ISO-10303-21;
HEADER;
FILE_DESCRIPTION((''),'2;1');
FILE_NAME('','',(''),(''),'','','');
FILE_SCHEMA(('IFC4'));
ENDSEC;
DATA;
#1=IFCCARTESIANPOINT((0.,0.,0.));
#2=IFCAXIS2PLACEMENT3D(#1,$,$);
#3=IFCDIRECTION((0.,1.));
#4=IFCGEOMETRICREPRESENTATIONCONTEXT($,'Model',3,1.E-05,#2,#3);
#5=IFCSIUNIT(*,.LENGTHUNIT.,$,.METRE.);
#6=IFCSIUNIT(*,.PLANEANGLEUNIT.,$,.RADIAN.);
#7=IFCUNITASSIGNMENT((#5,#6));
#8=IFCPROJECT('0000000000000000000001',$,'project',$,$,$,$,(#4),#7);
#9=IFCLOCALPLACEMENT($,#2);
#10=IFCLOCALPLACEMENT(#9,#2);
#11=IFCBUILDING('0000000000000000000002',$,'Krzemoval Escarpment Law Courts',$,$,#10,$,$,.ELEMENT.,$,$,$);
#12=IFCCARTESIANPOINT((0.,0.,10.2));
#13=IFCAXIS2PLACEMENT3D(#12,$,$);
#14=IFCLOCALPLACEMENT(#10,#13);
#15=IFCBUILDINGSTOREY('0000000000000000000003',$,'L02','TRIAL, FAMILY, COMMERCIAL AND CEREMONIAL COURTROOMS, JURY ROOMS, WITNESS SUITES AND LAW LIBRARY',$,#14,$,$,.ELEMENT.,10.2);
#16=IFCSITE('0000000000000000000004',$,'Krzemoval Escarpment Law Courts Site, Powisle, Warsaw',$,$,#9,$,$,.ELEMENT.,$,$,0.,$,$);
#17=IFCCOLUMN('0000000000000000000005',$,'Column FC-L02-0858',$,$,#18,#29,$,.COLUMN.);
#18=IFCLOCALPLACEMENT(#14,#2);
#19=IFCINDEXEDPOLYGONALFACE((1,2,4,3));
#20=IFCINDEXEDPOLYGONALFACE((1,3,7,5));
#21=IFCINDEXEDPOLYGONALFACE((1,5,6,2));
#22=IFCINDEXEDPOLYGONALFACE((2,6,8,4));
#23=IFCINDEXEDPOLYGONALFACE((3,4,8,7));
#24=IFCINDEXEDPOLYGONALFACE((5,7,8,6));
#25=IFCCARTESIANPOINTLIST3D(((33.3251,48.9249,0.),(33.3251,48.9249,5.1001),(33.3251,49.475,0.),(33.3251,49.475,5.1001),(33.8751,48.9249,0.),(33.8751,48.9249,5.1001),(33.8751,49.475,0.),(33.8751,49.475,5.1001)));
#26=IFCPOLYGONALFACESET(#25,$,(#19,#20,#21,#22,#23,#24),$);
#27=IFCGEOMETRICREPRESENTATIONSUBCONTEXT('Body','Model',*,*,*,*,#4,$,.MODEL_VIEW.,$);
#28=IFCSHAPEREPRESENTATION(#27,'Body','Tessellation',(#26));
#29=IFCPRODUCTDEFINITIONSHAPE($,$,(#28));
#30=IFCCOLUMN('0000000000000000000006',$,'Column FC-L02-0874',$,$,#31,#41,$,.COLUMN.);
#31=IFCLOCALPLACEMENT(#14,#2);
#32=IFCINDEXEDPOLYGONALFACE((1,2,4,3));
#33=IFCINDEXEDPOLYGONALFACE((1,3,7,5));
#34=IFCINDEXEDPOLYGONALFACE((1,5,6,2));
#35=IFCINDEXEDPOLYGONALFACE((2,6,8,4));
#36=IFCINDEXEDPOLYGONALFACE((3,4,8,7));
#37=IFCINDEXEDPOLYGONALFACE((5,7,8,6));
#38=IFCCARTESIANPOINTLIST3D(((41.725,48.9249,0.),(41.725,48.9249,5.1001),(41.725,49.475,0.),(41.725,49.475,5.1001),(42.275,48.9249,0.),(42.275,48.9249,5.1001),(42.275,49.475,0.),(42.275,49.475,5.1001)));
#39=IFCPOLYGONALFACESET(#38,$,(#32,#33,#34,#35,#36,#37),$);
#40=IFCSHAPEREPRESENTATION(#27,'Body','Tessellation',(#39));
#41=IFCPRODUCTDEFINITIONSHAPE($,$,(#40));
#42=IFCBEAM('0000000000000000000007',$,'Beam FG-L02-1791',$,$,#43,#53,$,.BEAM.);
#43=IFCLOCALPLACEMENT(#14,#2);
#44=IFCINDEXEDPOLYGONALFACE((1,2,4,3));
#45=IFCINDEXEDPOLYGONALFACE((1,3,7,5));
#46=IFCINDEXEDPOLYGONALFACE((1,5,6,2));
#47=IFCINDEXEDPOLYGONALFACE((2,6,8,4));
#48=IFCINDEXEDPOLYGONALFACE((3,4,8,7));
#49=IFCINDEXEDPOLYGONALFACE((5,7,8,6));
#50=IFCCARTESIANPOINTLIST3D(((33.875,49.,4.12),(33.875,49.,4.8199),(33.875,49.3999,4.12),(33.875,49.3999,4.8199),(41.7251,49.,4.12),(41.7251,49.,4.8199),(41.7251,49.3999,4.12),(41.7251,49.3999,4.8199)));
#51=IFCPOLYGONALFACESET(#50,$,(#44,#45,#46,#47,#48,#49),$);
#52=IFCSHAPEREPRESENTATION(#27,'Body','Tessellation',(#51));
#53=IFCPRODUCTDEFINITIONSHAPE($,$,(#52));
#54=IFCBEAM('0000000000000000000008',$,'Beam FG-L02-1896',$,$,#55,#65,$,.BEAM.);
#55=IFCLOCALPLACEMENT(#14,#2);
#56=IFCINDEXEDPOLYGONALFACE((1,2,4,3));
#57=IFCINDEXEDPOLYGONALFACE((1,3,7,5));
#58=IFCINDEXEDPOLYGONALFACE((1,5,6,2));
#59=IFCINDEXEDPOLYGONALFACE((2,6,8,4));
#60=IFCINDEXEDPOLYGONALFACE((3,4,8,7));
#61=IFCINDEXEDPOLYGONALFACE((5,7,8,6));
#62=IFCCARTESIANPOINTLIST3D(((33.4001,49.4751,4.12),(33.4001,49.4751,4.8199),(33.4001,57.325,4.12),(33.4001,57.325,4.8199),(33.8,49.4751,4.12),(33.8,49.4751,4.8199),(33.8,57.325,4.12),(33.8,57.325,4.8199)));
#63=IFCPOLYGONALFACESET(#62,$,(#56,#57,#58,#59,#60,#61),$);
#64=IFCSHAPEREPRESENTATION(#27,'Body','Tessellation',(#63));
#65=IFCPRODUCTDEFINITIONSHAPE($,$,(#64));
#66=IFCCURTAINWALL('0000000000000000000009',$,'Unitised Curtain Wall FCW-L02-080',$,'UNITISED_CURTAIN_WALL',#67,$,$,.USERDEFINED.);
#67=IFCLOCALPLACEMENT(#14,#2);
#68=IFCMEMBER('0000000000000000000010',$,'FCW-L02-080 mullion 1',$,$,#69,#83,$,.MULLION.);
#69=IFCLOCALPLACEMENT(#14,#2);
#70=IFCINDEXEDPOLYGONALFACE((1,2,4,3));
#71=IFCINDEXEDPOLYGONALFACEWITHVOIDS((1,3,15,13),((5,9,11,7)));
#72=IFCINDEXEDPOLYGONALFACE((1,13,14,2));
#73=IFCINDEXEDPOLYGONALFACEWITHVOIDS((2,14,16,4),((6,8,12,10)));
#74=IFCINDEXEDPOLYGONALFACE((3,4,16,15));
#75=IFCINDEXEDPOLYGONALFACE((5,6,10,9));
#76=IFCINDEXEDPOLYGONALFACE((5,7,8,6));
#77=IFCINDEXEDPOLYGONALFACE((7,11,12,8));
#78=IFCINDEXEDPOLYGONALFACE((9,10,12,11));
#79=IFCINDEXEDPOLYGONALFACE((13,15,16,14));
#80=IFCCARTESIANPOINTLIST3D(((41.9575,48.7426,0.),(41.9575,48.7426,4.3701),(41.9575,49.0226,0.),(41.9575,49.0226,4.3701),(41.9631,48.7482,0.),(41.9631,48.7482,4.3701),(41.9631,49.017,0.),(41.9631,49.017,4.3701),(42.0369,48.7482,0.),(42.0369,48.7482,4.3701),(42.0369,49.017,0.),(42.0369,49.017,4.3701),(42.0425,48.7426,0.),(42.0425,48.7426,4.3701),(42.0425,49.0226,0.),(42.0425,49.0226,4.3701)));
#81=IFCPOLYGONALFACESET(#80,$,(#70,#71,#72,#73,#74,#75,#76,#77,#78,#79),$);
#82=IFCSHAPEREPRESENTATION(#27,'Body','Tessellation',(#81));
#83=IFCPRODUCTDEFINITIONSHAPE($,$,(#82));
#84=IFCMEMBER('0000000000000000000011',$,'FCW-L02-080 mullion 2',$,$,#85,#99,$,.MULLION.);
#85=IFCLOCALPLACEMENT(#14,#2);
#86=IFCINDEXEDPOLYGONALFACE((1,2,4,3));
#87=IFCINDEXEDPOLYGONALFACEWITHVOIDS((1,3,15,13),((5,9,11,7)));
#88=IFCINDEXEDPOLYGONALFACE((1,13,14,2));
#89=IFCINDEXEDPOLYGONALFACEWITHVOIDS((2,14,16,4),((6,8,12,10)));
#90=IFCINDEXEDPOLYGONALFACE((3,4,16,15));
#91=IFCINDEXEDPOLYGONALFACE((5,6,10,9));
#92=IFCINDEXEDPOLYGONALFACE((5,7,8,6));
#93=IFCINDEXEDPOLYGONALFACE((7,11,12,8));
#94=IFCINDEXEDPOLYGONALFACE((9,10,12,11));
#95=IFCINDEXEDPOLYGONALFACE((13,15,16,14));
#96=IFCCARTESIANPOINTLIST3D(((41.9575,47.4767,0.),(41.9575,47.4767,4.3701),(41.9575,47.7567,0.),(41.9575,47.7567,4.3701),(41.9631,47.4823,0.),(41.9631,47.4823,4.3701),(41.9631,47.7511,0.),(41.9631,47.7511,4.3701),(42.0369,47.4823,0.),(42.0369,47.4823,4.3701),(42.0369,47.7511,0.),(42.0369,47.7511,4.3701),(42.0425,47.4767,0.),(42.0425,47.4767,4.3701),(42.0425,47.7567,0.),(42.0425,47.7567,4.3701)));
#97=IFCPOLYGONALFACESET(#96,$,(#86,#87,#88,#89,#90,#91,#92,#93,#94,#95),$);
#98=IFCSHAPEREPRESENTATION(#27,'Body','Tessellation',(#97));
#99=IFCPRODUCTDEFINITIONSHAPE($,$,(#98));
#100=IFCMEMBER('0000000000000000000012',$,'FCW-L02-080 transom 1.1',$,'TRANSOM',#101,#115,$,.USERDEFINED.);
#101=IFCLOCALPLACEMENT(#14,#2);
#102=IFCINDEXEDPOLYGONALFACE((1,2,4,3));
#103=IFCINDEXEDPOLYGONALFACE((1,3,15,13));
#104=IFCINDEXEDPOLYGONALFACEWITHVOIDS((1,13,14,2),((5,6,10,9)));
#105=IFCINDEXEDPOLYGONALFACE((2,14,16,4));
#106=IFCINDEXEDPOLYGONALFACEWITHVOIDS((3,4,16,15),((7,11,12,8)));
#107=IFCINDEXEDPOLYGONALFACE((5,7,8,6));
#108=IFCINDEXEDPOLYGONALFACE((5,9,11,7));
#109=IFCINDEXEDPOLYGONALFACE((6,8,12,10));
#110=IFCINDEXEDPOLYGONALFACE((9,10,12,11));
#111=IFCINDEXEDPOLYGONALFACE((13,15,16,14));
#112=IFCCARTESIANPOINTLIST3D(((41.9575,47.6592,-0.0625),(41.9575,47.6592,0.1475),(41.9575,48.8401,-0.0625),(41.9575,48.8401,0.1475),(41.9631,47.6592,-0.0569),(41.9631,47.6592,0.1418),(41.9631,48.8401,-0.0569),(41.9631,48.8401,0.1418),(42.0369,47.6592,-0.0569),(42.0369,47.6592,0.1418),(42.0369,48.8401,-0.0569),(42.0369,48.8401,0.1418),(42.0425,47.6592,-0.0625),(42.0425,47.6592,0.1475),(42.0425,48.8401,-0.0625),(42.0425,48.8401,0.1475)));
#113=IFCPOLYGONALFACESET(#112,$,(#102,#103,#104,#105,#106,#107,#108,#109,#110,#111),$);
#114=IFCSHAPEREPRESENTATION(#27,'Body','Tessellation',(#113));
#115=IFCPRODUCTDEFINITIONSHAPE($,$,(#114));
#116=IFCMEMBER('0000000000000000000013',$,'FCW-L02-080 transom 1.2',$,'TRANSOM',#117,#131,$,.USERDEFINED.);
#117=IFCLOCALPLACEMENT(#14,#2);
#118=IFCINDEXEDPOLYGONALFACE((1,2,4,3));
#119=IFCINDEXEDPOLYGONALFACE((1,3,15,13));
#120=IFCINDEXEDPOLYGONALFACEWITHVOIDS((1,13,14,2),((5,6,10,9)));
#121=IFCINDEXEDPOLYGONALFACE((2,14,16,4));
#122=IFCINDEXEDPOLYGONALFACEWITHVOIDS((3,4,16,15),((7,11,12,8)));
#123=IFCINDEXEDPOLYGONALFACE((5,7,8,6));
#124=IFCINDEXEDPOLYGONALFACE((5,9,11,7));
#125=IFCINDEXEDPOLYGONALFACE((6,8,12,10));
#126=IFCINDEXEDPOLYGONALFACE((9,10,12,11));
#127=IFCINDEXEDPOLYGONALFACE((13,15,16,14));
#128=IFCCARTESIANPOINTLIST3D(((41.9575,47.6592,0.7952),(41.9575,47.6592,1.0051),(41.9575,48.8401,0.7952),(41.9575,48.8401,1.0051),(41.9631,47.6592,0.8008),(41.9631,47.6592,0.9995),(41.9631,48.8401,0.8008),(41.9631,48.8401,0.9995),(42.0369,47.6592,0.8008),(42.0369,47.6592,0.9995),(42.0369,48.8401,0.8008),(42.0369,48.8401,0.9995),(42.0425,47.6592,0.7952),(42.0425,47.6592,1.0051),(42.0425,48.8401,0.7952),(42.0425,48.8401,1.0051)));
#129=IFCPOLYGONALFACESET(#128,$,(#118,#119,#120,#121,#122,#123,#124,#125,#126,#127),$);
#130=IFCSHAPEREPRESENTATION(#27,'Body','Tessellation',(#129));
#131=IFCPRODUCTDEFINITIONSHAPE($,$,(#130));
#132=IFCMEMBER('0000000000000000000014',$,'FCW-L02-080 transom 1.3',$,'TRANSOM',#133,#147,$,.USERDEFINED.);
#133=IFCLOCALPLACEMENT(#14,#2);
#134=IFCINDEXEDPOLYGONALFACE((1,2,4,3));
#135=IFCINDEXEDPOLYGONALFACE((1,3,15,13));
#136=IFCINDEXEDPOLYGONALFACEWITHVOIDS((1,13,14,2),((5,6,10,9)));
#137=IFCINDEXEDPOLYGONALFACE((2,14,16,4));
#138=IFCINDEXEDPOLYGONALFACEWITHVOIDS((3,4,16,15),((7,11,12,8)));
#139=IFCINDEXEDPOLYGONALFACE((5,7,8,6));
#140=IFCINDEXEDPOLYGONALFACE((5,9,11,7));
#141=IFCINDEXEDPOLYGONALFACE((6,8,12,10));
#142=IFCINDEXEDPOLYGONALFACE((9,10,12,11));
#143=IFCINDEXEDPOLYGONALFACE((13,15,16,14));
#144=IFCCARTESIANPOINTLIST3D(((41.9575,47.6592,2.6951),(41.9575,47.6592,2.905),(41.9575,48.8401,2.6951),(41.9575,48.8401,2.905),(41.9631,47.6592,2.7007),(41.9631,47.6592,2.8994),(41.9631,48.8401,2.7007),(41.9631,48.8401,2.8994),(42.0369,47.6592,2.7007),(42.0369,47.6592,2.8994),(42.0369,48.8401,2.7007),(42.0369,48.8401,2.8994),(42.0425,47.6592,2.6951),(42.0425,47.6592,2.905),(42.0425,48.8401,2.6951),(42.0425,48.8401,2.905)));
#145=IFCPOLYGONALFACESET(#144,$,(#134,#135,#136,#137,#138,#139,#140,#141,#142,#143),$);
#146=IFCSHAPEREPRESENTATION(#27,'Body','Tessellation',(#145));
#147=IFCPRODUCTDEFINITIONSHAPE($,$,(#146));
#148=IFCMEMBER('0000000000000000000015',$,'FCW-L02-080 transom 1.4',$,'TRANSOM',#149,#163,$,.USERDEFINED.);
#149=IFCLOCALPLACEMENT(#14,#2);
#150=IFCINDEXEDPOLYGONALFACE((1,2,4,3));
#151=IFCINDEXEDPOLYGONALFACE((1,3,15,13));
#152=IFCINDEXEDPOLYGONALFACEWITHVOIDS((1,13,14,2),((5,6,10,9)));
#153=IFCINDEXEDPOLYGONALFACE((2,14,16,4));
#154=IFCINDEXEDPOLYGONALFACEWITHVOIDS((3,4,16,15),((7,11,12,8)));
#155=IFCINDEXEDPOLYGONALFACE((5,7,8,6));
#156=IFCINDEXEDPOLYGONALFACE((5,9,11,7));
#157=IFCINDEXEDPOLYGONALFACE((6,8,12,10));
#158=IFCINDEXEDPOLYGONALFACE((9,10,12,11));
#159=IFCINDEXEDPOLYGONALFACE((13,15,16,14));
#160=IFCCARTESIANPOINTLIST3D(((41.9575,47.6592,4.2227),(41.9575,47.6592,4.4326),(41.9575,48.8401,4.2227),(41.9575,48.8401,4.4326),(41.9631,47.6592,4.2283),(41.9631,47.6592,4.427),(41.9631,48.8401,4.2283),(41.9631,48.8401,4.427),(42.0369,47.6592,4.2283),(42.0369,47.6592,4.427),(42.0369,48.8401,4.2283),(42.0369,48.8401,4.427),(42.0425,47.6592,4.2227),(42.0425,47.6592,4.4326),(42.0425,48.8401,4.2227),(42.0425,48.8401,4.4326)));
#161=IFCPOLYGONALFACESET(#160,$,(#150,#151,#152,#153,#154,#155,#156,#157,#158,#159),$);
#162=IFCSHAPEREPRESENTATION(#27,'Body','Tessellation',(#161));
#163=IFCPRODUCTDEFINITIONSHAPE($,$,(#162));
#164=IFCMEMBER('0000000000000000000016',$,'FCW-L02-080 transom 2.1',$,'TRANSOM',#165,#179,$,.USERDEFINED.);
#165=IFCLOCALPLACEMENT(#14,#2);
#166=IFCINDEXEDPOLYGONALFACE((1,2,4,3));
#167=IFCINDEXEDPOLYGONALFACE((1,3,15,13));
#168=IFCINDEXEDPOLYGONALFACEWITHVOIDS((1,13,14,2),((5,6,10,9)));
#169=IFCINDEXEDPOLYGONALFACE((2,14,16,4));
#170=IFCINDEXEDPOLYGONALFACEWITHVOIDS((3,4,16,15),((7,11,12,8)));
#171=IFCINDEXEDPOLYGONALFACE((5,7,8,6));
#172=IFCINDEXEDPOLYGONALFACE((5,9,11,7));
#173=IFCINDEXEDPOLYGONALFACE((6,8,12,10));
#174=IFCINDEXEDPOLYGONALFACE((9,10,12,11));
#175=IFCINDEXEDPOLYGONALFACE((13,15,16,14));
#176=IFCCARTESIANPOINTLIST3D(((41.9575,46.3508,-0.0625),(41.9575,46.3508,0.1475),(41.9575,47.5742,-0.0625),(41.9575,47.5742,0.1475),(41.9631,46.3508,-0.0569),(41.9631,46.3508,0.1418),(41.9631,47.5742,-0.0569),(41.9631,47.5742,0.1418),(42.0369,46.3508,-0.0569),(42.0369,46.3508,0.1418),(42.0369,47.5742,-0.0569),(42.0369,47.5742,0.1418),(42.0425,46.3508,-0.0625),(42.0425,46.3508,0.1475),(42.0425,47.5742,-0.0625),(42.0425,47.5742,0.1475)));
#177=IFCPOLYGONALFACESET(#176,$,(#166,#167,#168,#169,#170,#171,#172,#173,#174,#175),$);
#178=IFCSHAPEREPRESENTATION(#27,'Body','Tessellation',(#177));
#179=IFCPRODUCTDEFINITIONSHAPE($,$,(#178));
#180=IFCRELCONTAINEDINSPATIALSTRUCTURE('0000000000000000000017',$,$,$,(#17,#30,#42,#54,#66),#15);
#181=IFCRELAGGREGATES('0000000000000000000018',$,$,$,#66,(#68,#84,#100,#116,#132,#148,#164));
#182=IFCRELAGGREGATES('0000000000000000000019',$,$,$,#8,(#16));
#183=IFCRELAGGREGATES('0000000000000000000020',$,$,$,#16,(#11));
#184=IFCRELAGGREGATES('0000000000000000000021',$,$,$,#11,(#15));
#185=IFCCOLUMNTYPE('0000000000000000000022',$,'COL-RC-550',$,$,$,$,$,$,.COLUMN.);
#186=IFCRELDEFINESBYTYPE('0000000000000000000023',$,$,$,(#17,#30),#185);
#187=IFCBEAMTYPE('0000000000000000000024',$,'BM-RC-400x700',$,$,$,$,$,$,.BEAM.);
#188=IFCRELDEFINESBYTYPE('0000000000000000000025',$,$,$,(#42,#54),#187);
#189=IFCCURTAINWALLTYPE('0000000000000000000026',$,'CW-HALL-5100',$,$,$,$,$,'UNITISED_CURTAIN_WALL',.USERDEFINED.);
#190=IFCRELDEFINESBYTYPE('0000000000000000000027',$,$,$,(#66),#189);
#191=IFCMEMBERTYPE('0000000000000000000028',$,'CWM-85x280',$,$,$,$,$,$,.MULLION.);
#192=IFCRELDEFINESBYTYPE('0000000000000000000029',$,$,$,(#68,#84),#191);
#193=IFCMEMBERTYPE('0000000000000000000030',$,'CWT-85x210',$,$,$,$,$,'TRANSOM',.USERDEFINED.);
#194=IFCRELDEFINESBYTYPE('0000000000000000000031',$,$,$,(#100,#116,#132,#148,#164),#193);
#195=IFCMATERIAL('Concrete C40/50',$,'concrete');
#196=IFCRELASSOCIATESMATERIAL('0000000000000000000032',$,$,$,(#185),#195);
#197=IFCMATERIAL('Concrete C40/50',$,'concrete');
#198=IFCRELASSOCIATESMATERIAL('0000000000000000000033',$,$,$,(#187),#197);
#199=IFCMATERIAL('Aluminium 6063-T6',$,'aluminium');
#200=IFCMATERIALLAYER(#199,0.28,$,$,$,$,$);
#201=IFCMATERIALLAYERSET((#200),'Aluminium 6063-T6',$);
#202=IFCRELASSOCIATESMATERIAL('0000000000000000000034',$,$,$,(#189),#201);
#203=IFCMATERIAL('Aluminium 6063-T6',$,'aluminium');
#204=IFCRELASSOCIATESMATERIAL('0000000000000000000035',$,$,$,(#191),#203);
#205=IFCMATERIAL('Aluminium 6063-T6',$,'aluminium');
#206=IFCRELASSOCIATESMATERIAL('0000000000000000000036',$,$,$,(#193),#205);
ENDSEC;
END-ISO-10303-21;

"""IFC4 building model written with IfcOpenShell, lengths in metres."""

from ifc_helpers import new_model, si_unit, direction, frame, origin, origin_2d, place, context, subcontext, project, spatial, rectangle, hollow_rectangle, extrude, material, layer, layer_set, material_profile, profile_set, type_object, element, aggregate, save


model = new_model("IFC4")

# Units and contexts
model_context = context("Model", 3, precision=1e-05, world=origin(), true_north=direction((0.0, 1.0)))
body_context = subcontext(model_context, "Body", "Model", "MODEL_VIEW")
ifc_project = project(units=[si_unit("LENGTHUNIT", "METRE"), si_unit("PLANEANGLEUNIT", "RADIAN")], contexts=[model_context])

# Site, building, storey
site_placement = place(None, origin())
site = spatial("IfcSite", under=ifc_project, at=site_placement, Name="Krzemoval Escarpment Law Courts Site, Powisle, Warsaw", CompositionType="ELEMENT", RefElevation=0.0)
building_placement = place(site_placement, origin())
building = spatial("IfcBuilding", under=site, at=building_placement, Name="Krzemoval Escarpment Law Courts", CompositionType="ELEMENT")
storey_placement = place(building_placement, frame((0.0, 0.0, 10.2)))
storey = spatial("IfcBuildingStorey", under=building, at=storey_placement, Name="L02", Description="TRIAL, FAMILY, COMMERCIAL AND CEREMONIAL COURTROOMS, JURY ROOMS, WITNESS SUITES AND LAW LIBRARY", CompositionType="ELEMENT", Elevation=10.2)

# Columns
ifc_material_1 = material(Name="Concrete C40/50", Category="concrete")
ifc_material_profile_1 = material_profile(ifc_material_1, rectangle(XDim=0.55, YDim=0.55, at=origin_2d()), Name="RC 550x550")
ifc_profile_set_1 = profile_set([ifc_material_profile_1], Name="Concrete C40/50")
column_type = type_object("IfcColumnType", Name="COL-RC-550", PredefinedType="COLUMN", material=ifc_profile_set_1)
for number, where, z_axis, x_axis, name in (
    (1, (33.6001, 49.2, 0.0), (0.0, 0.0, 1.0), (1.0, 0.0, 0.0), "Column FC-L02-0858"),
    (2, (42.0, 49.2, 0.0), (0.0, 0.0, 1.0), (1.0, 0.0, 0.0), "Column FC-L02-0874"),
):
    element("IfcColumn", number, at=place(storey_placement, frame(where, z_axis=z_axis, x_axis=x_axis)), inside=storey, type_object=column_type, Name=name, PredefinedType="COLUMN", context=body_context, shape_type="SweptSolid", body=[
        extrude(rectangle(XDim=0.55, YDim=0.55, at=origin_2d()), origin(), (0.0, 0.0, 1.0), 5.1001),
    ])

# Beams
ifc_material_2 = material(Name="Concrete C40/50", Category="concrete")
ifc_material_profile_2 = material_profile(ifc_material_2, rectangle(XDim=0.3999, YDim=0.7, at=origin_2d()), Name="RCB 400x700")
ifc_profile_set_2 = profile_set([ifc_material_profile_2], Name="Concrete C40/50")
beam_type_1 = type_object("IfcBeamType", Name="BM-RC-400x700", PredefinedType="BEAM", material=ifc_profile_set_2)
beam_1_placement = place(storey_placement, frame((33.875, 49.2, 4.47), z_axis=(1.0, 0.0, 0.0), x_axis=(0.0, 1.0, 0.0)))
element("IfcBeam", 3, at=beam_1_placement, inside=storey, type_object=beam_type_1, Name="Beam FG-L02-1791", PredefinedType="BEAM", context=body_context, shape_type="SweptSolid", body=[
    extrude(rectangle(XDim=0.3999, YDim=0.7, at=origin_2d()), origin(), (0.0, 0.0, 1.0), 7.8501),
])
beam_2_placement = place(storey_placement, frame((33.6001, 49.4751, 4.47), z_axis=(0.0, 1.0, 0.0), x_axis=(-1.0, 0.0, 0.0)))
element("IfcBeam", 4, at=beam_2_placement, inside=storey, type_object=beam_type_1, Name="Beam FG-L02-1896", PredefinedType="BEAM", context=body_context, shape_type="SweptSolid", body=[
    extrude(rectangle(XDim=0.3999, YDim=0.7, at=origin_2d()), origin(), (0.0, 0.0, 1.0), 7.8499),
])

# Curtain wall, members
ifc_material_3 = material(Name="Aluminium 6063-T6", Category="aluminium")
ifc_layer_1 = layer(ifc_material_3, 0.28)
ifc_layer_set_1 = layer_set([ifc_layer_1], Name="Aluminium 6063-T6")
curtain_wall_type = type_object("IfcCurtainWallType", Name="CW-HALL-5100", ElementType="UNITISED_CURTAIN_WALL", PredefinedType="USERDEFINED", material=ifc_layer_set_1)
curtain_wall_placement = place(storey_placement, origin())
curtain_wall = element("IfcCurtainWall", 5, at=curtain_wall_placement, inside=storey, type_object=curtain_wall_type, Name="Unitised Curtain Wall FCW-L02-080", ObjectType="UNITISED_CURTAIN_WALL", PredefinedType="USERDEFINED")
ifc_material_4 = material(Name="Aluminium 6063-T6", Category="aluminium")
ifc_material_profile_3 = material_profile(ifc_material_4, hollow_rectangle(XDim=0.085, YDim=0.28, WallThickness=0.0056, at=origin_2d()), Name="ALU M85x280")
ifc_profile_set_3 = profile_set([ifc_material_profile_3], Name="Aluminium 6063-T6")
member_type_1 = type_object("IfcMemberType", Name="CWM-85x280", PredefinedType="MULLION", material=ifc_profile_set_3)
member_1_placement = place(storey_placement, frame((42.0, 48.8826, 0.0), z_axis=(0.0, 0.0, 1.0), x_axis=(1.0, 0.0, 0.0)))
member_1 = element("IfcMember", 6, at=member_1_placement, type_object=member_type_1, Name="FCW-L02-080 mullion 1", PredefinedType="MULLION", context=body_context, shape_type="SweptSolid", body=[
    extrude(hollow_rectangle(XDim=0.085, YDim=0.28, WallThickness=0.0056, at=origin_2d()), origin(), (0.0, 0.0, 1.0), 4.3701),
])
member_2_placement = place(storey_placement, frame((42.0, 47.6167, 0.0), z_axis=(0.0, 0.0, 1.0), x_axis=(1.0, 0.0, 0.0)))
member_2 = element("IfcMember", 7, at=member_2_placement, type_object=member_type_1, Name="FCW-L02-080 mullion 2", PredefinedType="MULLION", context=body_context, shape_type="SweptSolid", body=[
    extrude(hollow_rectangle(XDim=0.085, YDim=0.28, WallThickness=0.0056, at=origin_2d()), origin(), (0.0, 0.0, 1.0), 4.3701),
])
ifc_material_5 = material(Name="Aluminium 6063-T6", Category="aluminium")
ifc_material_profile_4 = material_profile(ifc_material_5, hollow_rectangle(XDim=0.085, YDim=0.21, WallThickness=0.0056, at=origin_2d()), Name="ALU T85x210")
ifc_profile_set_4 = profile_set([ifc_material_profile_4], Name="Aluminium 6063-T6")
member_type_2 = type_object("IfcMemberType", Name="CWT-85x210", ElementType="TRANSOM", PredefinedType="USERDEFINED", material=ifc_profile_set_4)
member_3_placement = place(storey_placement, frame((42.0, 48.8401, 0.0425), z_axis=(0.0, -1.0, 0.0), x_axis=(1.0, 0.0, 0.0)))
member_3 = element("IfcMember", 8, at=member_3_placement, type_object=member_type_2, Name="FCW-L02-080 transom 1.1", ObjectType="TRANSOM", PredefinedType="USERDEFINED", context=body_context, shape_type="SweptSolid", body=[
    extrude(hollow_rectangle(XDim=0.085, YDim=0.21, WallThickness=0.0056, at=origin_2d()), origin(), (0.0, 0.0, 1.0), 1.1809),
])
member_4_placement = place(storey_placement, frame((42.0, 48.8401, 0.9001), z_axis=(0.0, -1.0, 0.0), x_axis=(1.0, 0.0, 0.0)))
member_4 = element("IfcMember", 9, at=member_4_placement, type_object=member_type_2, Name="FCW-L02-080 transom 1.2", ObjectType="TRANSOM", PredefinedType="USERDEFINED", context=body_context, shape_type="SweptSolid", body=[
    extrude(hollow_rectangle(XDim=0.085, YDim=0.21, WallThickness=0.0056, at=origin_2d()), origin(), (0.0, 0.0, 1.0), 1.1809),
])
member_5_placement = place(storey_placement, frame((42.0, 48.8401, 2.8), z_axis=(0.0, -1.0, 0.0), x_axis=(1.0, 0.0, 0.0)))
member_5 = element("IfcMember", 10, at=member_5_placement, type_object=member_type_2, Name="FCW-L02-080 transom 1.3", ObjectType="TRANSOM", PredefinedType="USERDEFINED", context=body_context, shape_type="SweptSolid", body=[
    extrude(hollow_rectangle(XDim=0.085, YDim=0.21, WallThickness=0.0056, at=origin_2d()), origin(), (0.0, 0.0, 1.0), 1.1809),
])
member_6_placement = place(storey_placement, frame((42.0, 48.8401, 4.3276), z_axis=(0.0, -1.0, 0.0), x_axis=(1.0, 0.0, 0.0)))
member_6 = element("IfcMember", 11, at=member_6_placement, type_object=member_type_2, Name="FCW-L02-080 transom 1.4", ObjectType="TRANSOM", PredefinedType="USERDEFINED", context=body_context, shape_type="SweptSolid", body=[
    extrude(hollow_rectangle(XDim=0.085, YDim=0.21, WallThickness=0.0056, at=origin_2d()), origin(), (0.0, 0.0, 1.0), 1.1809),
])
member_7_placement = place(storey_placement, frame((42.0, 47.5742, 0.0425), z_axis=(0.0, -1.0, 0.0), x_axis=(1.0, 0.0, 0.0)))
member_7 = element("IfcMember", 12, at=member_7_placement, type_object=member_type_2, Name="FCW-L02-080 transom 2.1", ObjectType="TRANSOM", PredefinedType="USERDEFINED", context=body_context, shape_type="SweptSolid", body=[
    extrude(hollow_rectangle(XDim=0.085, YDim=0.21, WallThickness=0.0056, at=origin_2d()), origin(), (0.0, 0.0, 1.0), 1.2234),
])

aggregate(curtain_wall, [member_1, member_2, member_3, member_4, member_5, member_6, member_7])

save(model, "model.ifc")
